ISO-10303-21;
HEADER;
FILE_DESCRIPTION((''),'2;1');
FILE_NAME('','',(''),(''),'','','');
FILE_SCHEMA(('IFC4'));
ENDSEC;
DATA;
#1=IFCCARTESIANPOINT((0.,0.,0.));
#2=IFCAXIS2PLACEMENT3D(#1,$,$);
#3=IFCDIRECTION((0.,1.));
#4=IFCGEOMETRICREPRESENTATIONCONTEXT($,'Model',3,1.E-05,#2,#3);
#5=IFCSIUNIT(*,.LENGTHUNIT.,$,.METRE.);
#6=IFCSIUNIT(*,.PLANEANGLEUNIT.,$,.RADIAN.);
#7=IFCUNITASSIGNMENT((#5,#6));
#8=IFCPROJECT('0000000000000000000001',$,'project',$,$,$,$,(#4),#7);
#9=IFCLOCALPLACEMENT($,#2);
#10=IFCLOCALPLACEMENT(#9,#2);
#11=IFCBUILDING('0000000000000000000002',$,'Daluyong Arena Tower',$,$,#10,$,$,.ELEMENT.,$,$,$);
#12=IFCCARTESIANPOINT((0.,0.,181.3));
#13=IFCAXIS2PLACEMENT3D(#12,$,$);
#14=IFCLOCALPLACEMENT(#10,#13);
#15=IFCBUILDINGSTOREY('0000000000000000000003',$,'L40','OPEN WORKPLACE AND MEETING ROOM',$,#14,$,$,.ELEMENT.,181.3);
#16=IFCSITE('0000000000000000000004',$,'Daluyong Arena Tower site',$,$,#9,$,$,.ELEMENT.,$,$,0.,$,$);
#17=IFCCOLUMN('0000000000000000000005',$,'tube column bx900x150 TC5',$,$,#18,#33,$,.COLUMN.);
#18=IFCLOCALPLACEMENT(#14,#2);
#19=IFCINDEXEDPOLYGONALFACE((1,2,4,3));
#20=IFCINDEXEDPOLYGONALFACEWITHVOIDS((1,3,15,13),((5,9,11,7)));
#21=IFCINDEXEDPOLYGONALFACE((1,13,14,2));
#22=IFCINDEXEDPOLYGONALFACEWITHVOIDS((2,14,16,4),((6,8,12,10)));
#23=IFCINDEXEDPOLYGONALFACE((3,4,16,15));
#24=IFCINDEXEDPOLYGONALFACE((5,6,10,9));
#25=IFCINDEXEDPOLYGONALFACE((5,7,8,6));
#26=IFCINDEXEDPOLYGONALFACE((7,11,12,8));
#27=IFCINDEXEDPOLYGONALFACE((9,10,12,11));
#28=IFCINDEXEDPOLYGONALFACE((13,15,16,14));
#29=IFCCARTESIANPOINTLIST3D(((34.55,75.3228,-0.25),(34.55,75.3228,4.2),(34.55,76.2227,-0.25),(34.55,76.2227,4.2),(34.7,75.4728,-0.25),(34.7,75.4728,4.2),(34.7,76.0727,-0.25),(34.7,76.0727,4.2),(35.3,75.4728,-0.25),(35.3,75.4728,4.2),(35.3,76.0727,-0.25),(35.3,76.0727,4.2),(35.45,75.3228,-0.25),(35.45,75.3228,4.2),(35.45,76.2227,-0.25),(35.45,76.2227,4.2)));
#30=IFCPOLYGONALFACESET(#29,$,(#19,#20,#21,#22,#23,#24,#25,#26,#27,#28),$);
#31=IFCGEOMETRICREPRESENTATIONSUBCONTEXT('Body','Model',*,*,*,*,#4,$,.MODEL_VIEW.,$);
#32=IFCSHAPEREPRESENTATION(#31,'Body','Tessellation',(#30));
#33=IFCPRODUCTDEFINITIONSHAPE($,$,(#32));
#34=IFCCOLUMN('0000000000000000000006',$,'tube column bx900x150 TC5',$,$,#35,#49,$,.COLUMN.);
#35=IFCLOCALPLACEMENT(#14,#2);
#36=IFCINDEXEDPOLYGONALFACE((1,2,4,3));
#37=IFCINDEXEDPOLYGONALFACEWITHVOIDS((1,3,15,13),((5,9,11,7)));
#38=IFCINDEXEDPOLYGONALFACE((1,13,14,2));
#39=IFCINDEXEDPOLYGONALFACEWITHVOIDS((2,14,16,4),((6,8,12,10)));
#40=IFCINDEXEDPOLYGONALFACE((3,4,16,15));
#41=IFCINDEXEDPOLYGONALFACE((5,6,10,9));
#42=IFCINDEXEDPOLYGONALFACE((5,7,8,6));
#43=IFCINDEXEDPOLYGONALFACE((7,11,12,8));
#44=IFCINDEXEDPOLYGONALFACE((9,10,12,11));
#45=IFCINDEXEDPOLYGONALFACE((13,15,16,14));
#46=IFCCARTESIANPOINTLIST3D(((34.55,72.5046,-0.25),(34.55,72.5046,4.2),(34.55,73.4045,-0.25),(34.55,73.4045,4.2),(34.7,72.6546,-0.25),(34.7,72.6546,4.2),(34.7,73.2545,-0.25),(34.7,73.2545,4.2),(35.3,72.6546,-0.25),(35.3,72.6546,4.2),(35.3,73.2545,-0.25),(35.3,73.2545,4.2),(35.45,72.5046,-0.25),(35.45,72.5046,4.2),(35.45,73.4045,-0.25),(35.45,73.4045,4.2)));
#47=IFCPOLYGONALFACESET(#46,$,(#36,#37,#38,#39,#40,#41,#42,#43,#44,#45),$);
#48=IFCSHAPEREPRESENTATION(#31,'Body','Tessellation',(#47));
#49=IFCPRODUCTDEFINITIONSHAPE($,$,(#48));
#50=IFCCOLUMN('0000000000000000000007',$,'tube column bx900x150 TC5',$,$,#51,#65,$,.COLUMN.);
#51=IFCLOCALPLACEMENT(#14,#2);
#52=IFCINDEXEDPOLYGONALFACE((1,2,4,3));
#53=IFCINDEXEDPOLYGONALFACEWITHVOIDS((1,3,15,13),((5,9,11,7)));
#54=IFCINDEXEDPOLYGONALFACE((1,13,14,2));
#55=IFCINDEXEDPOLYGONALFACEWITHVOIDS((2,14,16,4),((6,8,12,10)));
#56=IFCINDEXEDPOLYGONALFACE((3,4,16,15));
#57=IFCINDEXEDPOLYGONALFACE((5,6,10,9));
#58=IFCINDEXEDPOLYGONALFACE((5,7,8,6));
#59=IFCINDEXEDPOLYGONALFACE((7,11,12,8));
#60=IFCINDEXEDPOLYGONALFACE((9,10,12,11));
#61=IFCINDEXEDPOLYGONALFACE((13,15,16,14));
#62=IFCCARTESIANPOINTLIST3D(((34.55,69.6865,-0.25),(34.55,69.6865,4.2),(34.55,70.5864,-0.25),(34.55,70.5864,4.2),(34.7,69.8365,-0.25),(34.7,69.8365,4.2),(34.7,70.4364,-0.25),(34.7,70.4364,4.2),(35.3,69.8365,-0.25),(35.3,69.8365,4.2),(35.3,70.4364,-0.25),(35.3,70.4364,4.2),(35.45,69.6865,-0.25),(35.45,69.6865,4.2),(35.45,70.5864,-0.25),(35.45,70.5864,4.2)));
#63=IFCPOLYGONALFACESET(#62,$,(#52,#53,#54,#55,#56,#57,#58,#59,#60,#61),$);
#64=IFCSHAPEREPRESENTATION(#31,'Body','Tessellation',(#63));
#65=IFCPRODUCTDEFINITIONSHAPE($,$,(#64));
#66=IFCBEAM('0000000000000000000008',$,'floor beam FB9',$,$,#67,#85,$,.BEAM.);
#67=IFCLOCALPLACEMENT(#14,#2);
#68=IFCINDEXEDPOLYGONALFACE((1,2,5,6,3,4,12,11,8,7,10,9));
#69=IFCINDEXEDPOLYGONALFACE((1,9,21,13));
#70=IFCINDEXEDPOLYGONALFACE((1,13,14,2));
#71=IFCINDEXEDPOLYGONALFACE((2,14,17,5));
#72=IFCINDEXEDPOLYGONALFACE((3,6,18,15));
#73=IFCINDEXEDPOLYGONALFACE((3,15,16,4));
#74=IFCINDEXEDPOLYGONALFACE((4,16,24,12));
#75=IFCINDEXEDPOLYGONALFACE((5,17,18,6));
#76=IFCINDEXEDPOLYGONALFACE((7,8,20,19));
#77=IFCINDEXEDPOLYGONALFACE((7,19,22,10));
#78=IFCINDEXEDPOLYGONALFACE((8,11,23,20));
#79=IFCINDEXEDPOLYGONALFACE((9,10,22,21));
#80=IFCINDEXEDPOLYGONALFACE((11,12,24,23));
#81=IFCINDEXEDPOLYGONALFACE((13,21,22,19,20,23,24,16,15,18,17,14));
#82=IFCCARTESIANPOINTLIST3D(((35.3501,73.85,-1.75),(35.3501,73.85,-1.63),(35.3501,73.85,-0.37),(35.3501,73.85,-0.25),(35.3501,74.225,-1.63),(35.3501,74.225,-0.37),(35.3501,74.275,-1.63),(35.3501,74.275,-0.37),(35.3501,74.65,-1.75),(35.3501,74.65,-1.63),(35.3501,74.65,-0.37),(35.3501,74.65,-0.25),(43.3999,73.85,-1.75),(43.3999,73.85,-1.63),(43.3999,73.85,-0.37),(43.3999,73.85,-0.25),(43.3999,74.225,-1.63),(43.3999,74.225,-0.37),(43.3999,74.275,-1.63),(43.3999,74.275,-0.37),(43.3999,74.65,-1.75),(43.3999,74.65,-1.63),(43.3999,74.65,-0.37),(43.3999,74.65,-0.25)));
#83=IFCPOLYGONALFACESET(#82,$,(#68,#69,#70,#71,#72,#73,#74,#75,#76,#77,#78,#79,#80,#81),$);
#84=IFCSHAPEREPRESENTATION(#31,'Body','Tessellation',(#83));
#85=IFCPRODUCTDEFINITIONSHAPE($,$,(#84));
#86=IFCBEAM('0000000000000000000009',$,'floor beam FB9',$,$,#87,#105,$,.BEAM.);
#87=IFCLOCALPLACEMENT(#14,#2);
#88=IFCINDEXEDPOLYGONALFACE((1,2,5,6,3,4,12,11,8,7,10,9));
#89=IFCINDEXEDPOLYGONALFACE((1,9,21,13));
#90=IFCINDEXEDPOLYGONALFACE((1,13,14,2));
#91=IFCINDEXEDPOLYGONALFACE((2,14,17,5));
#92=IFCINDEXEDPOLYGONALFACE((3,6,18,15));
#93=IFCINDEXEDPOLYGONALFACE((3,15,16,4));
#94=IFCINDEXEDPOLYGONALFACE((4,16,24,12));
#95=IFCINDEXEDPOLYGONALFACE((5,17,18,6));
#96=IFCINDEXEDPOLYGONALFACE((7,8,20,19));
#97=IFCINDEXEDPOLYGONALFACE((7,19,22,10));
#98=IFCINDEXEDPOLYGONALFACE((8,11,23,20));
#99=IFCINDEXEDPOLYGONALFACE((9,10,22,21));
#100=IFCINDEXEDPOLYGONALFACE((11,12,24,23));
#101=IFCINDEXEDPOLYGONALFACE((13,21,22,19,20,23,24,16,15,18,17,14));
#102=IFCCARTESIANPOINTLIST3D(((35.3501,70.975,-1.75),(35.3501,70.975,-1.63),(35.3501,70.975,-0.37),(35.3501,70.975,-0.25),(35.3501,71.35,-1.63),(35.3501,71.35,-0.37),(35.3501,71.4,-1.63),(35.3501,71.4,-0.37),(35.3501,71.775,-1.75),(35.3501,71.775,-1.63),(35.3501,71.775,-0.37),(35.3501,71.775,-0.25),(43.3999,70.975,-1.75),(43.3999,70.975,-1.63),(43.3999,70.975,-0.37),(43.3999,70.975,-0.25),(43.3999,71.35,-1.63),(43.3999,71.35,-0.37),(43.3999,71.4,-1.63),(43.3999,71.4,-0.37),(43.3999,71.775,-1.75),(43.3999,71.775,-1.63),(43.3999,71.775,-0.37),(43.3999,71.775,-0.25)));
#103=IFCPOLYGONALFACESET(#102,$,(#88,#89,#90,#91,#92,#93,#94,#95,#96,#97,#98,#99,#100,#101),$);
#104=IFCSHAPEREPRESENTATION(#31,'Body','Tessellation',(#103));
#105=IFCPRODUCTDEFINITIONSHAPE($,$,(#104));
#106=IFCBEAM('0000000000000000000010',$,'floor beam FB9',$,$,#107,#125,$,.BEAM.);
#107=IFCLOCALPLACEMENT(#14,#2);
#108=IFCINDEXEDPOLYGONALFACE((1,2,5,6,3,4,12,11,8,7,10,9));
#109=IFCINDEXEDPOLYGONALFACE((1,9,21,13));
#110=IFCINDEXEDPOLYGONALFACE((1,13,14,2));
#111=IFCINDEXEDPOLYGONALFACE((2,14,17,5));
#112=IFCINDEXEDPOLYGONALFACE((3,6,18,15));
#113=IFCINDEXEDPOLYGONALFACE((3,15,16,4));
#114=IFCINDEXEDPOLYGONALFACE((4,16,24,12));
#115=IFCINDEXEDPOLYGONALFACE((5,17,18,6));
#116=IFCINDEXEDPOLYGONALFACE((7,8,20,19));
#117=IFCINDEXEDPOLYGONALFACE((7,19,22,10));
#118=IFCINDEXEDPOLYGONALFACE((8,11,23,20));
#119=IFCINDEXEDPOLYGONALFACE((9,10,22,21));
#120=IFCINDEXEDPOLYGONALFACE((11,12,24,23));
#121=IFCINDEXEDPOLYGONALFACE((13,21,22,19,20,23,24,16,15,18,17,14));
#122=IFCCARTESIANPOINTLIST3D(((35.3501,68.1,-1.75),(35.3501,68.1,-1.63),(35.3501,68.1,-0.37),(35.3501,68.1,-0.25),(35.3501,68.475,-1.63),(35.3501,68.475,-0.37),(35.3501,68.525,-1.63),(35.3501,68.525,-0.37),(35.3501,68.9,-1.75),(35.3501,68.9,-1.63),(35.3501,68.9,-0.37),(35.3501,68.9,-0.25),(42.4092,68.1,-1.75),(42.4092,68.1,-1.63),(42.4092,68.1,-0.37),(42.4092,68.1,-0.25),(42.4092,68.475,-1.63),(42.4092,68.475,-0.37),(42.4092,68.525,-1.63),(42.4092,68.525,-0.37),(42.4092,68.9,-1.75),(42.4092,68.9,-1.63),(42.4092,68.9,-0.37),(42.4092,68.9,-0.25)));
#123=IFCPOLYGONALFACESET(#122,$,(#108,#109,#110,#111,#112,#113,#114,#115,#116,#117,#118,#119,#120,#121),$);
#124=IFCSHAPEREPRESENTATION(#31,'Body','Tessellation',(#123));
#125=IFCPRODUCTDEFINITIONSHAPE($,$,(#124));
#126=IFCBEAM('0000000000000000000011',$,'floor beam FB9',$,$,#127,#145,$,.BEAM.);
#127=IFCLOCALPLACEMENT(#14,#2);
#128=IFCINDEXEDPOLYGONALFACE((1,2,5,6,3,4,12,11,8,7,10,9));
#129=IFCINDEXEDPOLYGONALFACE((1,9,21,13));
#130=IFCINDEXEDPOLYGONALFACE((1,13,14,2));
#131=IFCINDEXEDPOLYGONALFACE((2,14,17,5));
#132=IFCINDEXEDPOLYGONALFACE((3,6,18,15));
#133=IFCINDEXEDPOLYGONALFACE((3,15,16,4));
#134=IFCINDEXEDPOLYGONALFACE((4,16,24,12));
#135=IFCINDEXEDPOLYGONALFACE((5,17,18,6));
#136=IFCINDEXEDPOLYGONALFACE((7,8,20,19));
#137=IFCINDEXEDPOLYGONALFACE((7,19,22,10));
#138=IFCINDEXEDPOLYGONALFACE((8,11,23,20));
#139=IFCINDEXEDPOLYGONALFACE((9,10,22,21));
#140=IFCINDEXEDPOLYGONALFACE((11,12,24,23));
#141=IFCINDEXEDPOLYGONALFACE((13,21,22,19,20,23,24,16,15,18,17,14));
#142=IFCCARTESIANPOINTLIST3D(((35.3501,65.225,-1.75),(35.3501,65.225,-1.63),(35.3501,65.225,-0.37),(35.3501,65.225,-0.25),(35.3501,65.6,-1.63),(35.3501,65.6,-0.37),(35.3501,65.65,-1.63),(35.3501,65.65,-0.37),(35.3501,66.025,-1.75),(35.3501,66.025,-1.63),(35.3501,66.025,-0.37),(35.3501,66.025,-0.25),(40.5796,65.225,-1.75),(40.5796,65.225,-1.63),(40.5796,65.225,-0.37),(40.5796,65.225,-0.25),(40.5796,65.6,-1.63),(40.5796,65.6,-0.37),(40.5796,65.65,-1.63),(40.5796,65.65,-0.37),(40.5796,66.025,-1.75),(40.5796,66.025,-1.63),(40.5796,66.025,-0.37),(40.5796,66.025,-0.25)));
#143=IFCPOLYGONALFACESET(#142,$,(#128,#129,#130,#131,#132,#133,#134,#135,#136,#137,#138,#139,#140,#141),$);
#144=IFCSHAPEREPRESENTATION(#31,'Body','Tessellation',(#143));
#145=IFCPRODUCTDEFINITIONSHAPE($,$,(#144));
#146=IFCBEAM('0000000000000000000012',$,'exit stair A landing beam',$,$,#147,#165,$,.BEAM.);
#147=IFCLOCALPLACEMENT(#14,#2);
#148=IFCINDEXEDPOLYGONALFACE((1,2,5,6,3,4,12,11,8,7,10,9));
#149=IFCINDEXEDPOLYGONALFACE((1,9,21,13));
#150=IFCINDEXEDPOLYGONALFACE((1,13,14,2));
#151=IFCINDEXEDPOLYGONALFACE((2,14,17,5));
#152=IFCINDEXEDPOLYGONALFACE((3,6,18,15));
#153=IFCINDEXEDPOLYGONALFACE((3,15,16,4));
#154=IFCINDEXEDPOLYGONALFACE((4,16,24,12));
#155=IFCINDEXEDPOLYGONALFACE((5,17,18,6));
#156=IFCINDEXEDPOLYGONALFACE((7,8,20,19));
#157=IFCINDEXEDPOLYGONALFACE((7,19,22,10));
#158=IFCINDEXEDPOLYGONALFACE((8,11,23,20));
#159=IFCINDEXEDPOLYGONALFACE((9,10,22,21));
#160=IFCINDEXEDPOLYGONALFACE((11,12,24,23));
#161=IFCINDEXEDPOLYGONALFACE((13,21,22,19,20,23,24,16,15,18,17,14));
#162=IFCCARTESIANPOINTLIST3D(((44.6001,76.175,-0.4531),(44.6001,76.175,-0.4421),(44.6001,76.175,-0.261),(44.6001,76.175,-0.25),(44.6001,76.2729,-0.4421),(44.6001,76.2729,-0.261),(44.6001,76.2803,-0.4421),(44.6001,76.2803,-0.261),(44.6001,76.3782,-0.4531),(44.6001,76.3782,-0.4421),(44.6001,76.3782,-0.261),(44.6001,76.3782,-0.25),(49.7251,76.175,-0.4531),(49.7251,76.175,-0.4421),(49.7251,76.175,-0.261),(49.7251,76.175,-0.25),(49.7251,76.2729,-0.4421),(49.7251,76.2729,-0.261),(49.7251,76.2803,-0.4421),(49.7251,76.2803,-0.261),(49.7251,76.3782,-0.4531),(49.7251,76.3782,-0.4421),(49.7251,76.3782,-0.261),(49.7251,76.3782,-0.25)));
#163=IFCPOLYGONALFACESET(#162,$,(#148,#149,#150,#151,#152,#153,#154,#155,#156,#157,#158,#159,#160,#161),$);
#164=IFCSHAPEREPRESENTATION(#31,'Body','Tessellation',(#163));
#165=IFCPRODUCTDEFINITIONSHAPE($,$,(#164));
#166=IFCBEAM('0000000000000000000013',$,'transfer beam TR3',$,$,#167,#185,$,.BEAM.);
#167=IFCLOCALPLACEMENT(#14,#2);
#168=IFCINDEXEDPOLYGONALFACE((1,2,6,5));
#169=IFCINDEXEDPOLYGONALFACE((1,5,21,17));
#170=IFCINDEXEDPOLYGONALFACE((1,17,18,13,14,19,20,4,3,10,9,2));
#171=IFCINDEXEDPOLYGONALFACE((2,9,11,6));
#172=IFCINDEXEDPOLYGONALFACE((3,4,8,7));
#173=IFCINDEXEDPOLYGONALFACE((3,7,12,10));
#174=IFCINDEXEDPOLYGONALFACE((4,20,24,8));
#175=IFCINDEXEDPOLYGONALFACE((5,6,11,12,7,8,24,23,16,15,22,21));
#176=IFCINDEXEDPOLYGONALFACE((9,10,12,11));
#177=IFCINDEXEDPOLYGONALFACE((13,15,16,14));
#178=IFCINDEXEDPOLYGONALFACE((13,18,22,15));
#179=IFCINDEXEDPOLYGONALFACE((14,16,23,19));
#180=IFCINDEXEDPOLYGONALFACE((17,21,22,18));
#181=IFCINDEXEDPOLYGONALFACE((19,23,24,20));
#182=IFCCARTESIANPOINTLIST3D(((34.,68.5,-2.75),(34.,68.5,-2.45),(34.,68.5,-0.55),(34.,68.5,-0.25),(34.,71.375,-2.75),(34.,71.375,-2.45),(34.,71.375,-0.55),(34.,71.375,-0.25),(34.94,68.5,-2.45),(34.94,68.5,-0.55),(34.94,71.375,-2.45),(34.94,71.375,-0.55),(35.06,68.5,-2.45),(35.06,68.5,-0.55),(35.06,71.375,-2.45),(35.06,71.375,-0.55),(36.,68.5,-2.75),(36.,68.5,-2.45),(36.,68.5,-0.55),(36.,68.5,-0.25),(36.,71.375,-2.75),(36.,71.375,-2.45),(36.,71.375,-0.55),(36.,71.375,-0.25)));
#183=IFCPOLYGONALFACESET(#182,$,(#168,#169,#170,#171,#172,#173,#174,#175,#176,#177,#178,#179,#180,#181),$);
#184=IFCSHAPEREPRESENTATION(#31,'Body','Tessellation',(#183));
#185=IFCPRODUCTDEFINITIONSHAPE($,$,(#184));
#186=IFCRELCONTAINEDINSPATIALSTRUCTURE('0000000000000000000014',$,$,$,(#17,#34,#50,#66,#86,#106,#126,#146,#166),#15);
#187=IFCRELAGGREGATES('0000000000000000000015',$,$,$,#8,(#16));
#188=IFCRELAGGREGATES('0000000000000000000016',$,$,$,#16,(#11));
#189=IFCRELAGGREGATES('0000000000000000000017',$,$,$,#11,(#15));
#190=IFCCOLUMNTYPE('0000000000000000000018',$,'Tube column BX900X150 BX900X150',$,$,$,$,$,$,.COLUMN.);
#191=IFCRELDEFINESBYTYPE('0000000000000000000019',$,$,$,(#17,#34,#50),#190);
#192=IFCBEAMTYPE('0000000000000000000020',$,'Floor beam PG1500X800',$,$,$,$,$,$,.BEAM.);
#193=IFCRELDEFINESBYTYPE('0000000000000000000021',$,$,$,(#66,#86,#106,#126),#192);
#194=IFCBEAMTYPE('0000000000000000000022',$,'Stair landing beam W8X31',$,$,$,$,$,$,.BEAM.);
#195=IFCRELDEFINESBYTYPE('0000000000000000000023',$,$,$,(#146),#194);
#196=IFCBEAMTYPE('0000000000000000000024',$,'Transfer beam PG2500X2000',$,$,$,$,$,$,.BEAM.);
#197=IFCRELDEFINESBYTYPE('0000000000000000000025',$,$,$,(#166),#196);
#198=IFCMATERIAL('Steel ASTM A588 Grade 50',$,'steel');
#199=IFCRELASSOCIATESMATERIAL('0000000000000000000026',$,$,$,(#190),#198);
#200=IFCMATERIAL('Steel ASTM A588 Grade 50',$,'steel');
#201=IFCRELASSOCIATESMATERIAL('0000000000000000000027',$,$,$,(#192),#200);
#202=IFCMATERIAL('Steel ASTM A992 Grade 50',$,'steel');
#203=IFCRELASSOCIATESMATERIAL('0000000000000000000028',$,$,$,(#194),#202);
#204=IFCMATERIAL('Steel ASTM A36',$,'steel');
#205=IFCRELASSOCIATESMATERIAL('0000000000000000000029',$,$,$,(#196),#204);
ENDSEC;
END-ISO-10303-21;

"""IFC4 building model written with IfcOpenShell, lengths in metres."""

from ifc_helpers import new_model, si_unit, direction, frame, origin, origin_2d, place, context, subcontext, project, spatial, hollow_rectangle, i_section, extrude, material, material_profile, profile_set, type_object, element, save


model = new_model("IFC4")

# Units and contexts
model_context = context("Model", 3, precision=1e-05, world=origin(), true_north=direction((0.0, 1.0)))
body_context = subcontext(model_context, "Body", "Model", "MODEL_VIEW")
ifc_project = project(units=[si_unit("LENGTHUNIT", "METRE"), si_unit("PLANEANGLEUNIT", "RADIAN")], contexts=[model_context])

# Site, building, storey
site_placement = place(None, origin())
site = spatial("IfcSite", under=ifc_project, at=site_placement, Name="Daluyong Arena Tower site", CompositionType="ELEMENT", RefElevation=0.0)
building_placement = place(site_placement, origin())
building = spatial("IfcBuilding", under=site, at=building_placement, Name="Daluyong Arena Tower", CompositionType="ELEMENT")
storey_placement = place(building_placement, frame((0.0, 0.0, 181.3)))
storey = spatial("IfcBuildingStorey", under=building, at=storey_placement, Name="L40", Description="OPEN WORKPLACE AND MEETING ROOM", CompositionType="ELEMENT", Elevation=181.3)

# Columns
ifc_material_1 = material(Name="Steel ASTM A588 Grade 50", Category="steel")
ifc_material_profile_1 = material_profile(ifc_material_1, hollow_rectangle(XDim=0.8999, YDim=0.8999, WallThickness=0.15, at=origin_2d()))
ifc_profile_set_1 = profile_set([ifc_material_profile_1], Name="Steel ASTM A588 Grade 50")
column_type = type_object("IfcColumnType", Name="Tube column BX900X150 BX900X150", PredefinedType="COLUMN", material=ifc_profile_set_1)
for number, where, z_axis, x_axis, name in (
    (1, (35.0, 75.7727, -0.25), (0.0, 0.0, 1.0), (0.0, 1.0, 0.0), "tube column bx900x150 TC5"),
    (2, (35.0, 72.9546, -0.25), (0.0, 0.0, 1.0), (0.0, 1.0, 0.0), "tube column bx900x150 TC5"),
    (3, (35.0, 70.1365, -0.25), (0.0, 0.0, 1.0), (0.0, 1.0, 0.0), "tube column bx900x150 TC5"),
):
    element("IfcColumn", number, at=place(storey_placement, frame(where, z_axis=z_axis, x_axis=x_axis)), inside=storey, type_object=column_type, Name=name, PredefinedType="COLUMN", context=body_context, shape_type="SweptSolid", body=[
        extrude(hollow_rectangle(XDim=0.8999, YDim=0.8999, WallThickness=0.15, at=origin_2d()), origin(), (0.0, 0.0, 1.0), 4.45),
    ])

# Beams
ifc_material_2 = material(Name="Steel ASTM A588 Grade 50", Category="steel")
ifc_material_profile_2 = material_profile(ifc_material_2, i_section(OverallWidth=0.8, OverallDepth=1.5, WebThickness=0.05, FlangeThickness=0.12, at=origin_2d()))
ifc_profile_set_2 = profile_set([ifc_material_profile_2], Name="Steel ASTM A588 Grade 50")
beam_type_1 = type_object("IfcBeamType", Name="Floor beam PG1500X800", PredefinedType="BEAM", material=ifc_profile_set_2)
for number, where, z_axis, x_axis, name in (
    (4, (35.3501, 74.25, -1.0), (1.0, 0.0, 0.0), (0.0, 1.0, 0.0), "floor beam FB9"),
    (5, (35.3501, 71.375, -1.0), (1.0, 0.0, 0.0), (0.0, 1.0, 0.0), "floor beam FB9"),
):
    element("IfcBeam", number, at=place(storey_placement, frame(where, z_axis=z_axis, x_axis=x_axis)), inside=storey, type_object=beam_type_1, Name=name, PredefinedType="BEAM", context=body_context, shape_type="SweptSolid", body=[
        extrude(i_section(OverallWidth=0.8, OverallDepth=1.5, WebThickness=0.05, FlangeThickness=0.12, at=origin_2d()), origin(), (0.0, 0.0, 1.0), 8.0498),
    ])
beam_1_placement = place(storey_placement, frame((35.3501, 68.5, -1.0), z_axis=(1.0, 0.0, 0.0), x_axis=(0.0, 1.0, 0.0)))
element("IfcBeam", 6, at=beam_1_placement, inside=storey, type_object=beam_type_1, Name="floor beam FB9", PredefinedType="BEAM", context=body_context, shape_type="SweptSolid", body=[
    extrude(i_section(OverallWidth=0.8, OverallDepth=1.5, WebThickness=0.05, FlangeThickness=0.12, at=origin_2d()), origin(), (0.0, 0.0, 1.0), 7.0591),
])
beam_2_placement = place(storey_placement, frame((35.3501, 65.625, -1.0), z_axis=(1.0, 0.0, 0.0), x_axis=(0.0, 1.0, 0.0)))
element("IfcBeam", 7, at=beam_2_placement, inside=storey, type_object=beam_type_1, Name="floor beam FB9", PredefinedType="BEAM", context=body_context, shape_type="SweptSolid", body=[
    extrude(i_section(OverallWidth=0.8, OverallDepth=1.5, WebThickness=0.05, FlangeThickness=0.12, at=origin_2d()), origin(), (0.0, 0.0, 1.0), 5.2295),
])
ifc_material_3 = material(Name="Steel ASTM A992 Grade 50", Category="steel")
ifc_material_profile_3 = material_profile(ifc_material_3, i_section(OverallWidth=0.2031, OverallDepth=0.2031, WebThickness=0.0073, FlangeThickness=0.011, at=origin_2d()))
ifc_profile_set_3 = profile_set([ifc_material_profile_3], Name="Steel ASTM A992 Grade 50")
beam_type_2 = type_object("IfcBeamType", Name="Stair landing beam W8X31", PredefinedType="BEAM", material=ifc_profile_set_3)
beam_3_placement = place(storey_placement, frame((44.6001, 76.2766, -0.3516), z_axis=(1.0, 0.0, 0.0), x_axis=(0.0, 1.0, 0.0)))
element("IfcBeam", 8, at=beam_3_placement, inside=storey, type_object=beam_type_2, Name="exit stair A landing beam", PredefinedType="BEAM", context=body_context, shape_type="SweptSolid", body=[
    extrude(i_section(OverallWidth=0.2031, OverallDepth=0.2031, WebThickness=0.0073, FlangeThickness=0.011, at=origin_2d()), origin(), (0.0, 0.0, 1.0), 5.125),
])
ifc_material_4 = material(Name="Steel ASTM A36", Category="steel")
ifc_material_profile_4 = material_profile(ifc_material_4, i_section(OverallWidth=2.0, OverallDepth=2.5, WebThickness=0.12, FlangeThickness=0.3, at=origin_2d()))
ifc_profile_set_4 = profile_set([ifc_material_profile_4], Name="Steel ASTM A36")
beam_type_3 = type_object("IfcBeamType", Name="Transfer beam PG2500X2000", PredefinedType="BEAM", material=ifc_profile_set_4)
for number, where, z_axis, x_axis, name in (
    (9, (35.0, 68.5, -1.5), (0.0, 1.0, 0.0), (-1.0, 0.0, 0.0), "transfer beam TR3"),
):
    element("IfcBeam", number, at=place(storey_placement, frame(where, z_axis=z_axis, x_axis=x_axis)), inside=storey, type_object=beam_type_3, Name=name, PredefinedType="BEAM", context=body_context, shape_type="SweptSolid", body=[
        extrude(i_section(OverallWidth=2.0, OverallDepth=2.5, WebThickness=0.12, FlangeThickness=0.3, at=origin_2d()), origin(), (0.0, 0.0, 1.0), 2.875),
    ])

save(model, "model.ifc")
